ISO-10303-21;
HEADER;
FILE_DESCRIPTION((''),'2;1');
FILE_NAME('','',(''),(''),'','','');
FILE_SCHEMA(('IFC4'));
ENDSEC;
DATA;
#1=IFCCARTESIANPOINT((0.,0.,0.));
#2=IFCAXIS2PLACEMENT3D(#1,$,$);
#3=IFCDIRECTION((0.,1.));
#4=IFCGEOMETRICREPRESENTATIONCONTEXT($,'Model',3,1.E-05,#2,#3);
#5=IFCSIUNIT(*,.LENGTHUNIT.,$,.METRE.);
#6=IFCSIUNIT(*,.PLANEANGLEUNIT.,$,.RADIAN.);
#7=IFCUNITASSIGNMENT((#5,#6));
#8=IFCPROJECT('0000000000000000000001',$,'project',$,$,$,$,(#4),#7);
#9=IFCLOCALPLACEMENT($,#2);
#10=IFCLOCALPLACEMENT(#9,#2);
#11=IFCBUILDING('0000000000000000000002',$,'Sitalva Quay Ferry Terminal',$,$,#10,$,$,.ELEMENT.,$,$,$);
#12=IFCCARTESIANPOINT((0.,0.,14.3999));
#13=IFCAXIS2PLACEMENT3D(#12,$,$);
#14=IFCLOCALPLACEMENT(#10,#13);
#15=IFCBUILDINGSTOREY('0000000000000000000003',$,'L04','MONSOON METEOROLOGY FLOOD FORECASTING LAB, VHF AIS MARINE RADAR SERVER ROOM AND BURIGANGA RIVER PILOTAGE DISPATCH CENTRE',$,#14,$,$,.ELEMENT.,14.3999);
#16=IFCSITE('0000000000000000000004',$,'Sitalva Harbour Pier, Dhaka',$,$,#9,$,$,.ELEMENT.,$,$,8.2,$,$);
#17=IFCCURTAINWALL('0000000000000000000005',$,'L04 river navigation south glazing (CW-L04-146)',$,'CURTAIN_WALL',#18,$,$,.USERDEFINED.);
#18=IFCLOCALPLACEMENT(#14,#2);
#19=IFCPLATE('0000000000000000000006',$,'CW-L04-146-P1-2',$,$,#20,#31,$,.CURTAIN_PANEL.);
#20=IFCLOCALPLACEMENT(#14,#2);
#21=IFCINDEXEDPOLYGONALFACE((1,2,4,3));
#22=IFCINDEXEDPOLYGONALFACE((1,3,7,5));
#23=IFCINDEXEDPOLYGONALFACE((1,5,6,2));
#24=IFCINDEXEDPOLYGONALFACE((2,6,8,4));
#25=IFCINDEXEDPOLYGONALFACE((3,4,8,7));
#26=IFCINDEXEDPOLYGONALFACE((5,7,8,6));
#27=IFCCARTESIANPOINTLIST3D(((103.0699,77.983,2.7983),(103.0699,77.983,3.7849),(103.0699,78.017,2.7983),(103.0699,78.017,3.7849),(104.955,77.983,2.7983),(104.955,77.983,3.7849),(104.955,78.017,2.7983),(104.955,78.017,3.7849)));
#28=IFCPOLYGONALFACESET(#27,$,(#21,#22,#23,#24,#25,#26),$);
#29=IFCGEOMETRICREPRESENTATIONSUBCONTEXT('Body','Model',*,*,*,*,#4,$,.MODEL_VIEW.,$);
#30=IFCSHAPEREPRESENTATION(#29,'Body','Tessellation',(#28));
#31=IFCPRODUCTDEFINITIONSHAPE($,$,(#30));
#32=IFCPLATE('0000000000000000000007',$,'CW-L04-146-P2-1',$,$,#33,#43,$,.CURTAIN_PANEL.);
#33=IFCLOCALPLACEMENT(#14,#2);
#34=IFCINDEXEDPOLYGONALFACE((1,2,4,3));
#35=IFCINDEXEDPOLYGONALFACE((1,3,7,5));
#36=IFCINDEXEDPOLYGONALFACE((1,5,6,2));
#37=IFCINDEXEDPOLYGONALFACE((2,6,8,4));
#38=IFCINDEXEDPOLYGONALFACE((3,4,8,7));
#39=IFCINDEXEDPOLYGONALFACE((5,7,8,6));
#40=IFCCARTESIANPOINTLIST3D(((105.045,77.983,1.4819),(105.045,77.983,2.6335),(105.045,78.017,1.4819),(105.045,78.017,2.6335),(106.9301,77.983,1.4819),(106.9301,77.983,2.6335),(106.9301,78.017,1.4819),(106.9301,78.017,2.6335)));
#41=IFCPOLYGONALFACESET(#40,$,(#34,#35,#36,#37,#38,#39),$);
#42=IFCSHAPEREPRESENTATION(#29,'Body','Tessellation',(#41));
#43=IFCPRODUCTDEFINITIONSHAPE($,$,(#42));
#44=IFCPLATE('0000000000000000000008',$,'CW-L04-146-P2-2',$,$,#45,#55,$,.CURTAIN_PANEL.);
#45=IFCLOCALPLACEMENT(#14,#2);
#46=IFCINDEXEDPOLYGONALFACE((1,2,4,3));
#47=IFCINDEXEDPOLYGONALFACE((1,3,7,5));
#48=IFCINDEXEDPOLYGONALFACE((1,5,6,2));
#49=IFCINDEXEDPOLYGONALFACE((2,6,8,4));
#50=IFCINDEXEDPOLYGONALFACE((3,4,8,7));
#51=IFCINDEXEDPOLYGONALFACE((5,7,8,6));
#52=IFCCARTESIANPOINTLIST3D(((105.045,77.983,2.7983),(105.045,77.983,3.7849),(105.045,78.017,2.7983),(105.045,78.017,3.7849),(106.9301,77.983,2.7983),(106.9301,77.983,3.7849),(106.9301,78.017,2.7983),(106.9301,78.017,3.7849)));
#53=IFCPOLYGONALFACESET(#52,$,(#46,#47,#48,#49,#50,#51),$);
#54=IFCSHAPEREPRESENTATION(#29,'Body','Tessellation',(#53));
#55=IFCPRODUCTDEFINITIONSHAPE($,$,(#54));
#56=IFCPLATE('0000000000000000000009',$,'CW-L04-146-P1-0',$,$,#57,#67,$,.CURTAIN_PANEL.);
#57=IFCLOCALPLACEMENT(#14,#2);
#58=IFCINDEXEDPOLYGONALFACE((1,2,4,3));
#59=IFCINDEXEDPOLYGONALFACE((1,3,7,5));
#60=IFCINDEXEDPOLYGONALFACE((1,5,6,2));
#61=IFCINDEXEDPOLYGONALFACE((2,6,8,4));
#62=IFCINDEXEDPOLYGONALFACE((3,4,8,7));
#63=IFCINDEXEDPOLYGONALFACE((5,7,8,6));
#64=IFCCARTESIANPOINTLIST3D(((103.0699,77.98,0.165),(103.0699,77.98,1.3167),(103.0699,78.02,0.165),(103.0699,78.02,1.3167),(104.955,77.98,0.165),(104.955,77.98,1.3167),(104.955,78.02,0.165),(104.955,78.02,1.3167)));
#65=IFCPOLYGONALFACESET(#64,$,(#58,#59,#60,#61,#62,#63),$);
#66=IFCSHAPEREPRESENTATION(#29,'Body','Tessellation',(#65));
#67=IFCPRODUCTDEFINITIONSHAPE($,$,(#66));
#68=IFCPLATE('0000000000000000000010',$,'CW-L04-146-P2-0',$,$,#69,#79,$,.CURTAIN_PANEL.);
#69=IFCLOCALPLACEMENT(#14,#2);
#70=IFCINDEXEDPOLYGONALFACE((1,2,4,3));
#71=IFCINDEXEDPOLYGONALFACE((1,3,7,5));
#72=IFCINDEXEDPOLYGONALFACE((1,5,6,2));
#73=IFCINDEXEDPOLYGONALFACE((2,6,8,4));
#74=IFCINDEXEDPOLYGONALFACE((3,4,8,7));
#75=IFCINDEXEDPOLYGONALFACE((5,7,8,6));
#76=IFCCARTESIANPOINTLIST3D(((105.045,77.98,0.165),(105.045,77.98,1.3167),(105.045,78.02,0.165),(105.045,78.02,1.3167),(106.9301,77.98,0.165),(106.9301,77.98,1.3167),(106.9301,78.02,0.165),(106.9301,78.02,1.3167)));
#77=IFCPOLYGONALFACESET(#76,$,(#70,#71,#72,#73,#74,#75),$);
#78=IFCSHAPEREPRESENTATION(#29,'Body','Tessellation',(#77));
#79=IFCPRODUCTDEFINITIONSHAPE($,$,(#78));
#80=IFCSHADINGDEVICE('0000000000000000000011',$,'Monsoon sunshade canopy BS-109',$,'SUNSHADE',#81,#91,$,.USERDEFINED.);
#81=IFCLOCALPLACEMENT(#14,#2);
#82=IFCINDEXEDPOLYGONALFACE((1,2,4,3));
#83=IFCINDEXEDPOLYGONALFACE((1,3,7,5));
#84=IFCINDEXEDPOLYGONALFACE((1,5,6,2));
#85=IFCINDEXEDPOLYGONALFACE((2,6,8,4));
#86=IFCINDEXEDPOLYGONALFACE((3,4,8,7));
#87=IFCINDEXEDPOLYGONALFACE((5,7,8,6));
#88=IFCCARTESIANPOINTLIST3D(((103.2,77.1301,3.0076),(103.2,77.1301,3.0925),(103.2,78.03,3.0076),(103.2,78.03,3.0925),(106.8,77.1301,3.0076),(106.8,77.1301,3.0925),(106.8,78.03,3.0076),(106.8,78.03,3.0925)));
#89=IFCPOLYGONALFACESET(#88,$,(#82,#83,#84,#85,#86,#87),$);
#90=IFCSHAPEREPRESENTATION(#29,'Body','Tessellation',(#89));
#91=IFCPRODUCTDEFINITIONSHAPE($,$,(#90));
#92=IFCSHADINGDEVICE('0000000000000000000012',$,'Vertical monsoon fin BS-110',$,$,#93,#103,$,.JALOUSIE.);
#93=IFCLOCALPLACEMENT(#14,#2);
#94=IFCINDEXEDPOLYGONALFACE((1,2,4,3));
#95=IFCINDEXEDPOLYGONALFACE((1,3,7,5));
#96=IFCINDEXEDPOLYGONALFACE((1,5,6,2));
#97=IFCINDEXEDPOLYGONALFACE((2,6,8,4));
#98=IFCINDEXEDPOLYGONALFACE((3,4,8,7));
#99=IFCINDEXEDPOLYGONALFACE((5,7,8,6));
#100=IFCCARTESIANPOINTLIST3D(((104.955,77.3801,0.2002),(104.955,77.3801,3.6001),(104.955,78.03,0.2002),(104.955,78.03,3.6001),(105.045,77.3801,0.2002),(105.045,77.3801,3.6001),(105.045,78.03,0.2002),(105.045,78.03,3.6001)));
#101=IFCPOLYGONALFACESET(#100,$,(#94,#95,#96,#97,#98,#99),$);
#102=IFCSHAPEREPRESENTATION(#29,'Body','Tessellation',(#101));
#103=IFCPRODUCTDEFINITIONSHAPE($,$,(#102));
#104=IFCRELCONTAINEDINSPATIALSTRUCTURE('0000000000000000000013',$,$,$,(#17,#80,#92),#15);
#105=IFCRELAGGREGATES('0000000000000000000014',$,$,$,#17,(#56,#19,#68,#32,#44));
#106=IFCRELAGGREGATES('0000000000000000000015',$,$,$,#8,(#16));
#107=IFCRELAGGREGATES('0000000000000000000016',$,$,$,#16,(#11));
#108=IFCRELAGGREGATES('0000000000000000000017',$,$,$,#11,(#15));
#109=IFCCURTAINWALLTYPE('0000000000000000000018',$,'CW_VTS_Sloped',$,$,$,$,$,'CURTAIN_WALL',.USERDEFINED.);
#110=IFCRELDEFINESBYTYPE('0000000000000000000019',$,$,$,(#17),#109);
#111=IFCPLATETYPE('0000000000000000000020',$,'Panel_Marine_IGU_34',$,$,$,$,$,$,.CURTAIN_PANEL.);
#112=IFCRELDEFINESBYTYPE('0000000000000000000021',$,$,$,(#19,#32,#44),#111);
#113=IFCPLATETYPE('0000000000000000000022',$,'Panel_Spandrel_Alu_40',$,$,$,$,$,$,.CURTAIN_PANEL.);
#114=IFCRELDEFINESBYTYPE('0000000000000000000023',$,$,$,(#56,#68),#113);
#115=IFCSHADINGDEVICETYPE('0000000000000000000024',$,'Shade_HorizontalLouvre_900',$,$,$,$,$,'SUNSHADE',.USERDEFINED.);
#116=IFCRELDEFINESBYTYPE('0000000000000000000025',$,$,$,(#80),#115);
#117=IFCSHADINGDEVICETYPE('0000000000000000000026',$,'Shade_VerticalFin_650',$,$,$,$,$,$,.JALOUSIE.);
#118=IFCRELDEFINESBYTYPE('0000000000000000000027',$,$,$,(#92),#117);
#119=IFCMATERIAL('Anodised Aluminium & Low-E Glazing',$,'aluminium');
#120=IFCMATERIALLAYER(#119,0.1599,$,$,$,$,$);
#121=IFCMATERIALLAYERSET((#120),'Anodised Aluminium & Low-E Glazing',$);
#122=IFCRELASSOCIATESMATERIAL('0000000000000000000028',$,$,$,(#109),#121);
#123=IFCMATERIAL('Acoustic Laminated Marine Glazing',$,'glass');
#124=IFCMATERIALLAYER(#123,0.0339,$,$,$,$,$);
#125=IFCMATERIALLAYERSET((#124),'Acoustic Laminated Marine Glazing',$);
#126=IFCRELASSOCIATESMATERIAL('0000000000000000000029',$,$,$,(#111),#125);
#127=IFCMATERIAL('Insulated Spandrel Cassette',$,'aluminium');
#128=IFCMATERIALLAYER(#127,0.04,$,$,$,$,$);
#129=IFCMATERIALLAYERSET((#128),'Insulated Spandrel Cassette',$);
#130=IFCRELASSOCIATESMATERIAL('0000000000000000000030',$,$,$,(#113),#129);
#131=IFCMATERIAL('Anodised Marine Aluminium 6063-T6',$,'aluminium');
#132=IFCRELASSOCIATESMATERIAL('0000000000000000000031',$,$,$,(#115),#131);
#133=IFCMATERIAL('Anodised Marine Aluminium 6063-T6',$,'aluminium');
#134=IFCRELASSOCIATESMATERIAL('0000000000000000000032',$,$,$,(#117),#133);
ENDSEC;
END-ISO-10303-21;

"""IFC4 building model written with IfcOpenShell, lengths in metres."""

from ifc_helpers import new_model, si_unit, direction, frame, origin, origin_2d, place, context, subcontext, project, spatial, rectangle, extrude, material, layer, layer_set, type_object, element, aggregate, save


model = new_model("IFC4")

# Units and contexts
model_context = context("Model", 3, precision=1e-05, world=origin(), true_north=direction((0.0, 1.0)))
body_context = subcontext(model_context, "Body", "Model", "MODEL_VIEW")
ifc_project = project(units=[si_unit("LENGTHUNIT", "METRE"), si_unit("PLANEANGLEUNIT", "RADIAN")], contexts=[model_context])

# Site, building, storey
site_placement = place(None, origin())
site = spatial("IfcSite", under=ifc_project, at=site_placement, Name="Sitalva Harbour Pier, Dhaka", CompositionType="ELEMENT", RefElevation=8.2)
building_placement = place(site_placement, origin())
building = spatial("IfcBuilding", under=site, at=building_placement, Name="Sitalva Quay Ferry Terminal", CompositionType="ELEMENT")
storey_placement = place(building_placement, frame((0.0, 0.0, 14.3999)))
storey = spatial("IfcBuildingStorey", under=building, at=storey_placement, Name="L04", Description="MONSOON METEOROLOGY FLOOD FORECASTING LAB, VHF AIS MARINE RADAR SERVER ROOM AND BURIGANGA RIVER PILOTAGE DISPATCH CENTRE", CompositionType="ELEMENT", Elevation=14.3999)

# Curtain wall, plates
ifc_material_1 = material(Name="Anodised Aluminium & Low-E Glazing", Category="aluminium")
ifc_layer_1 = layer(ifc_material_1, 0.1599)
ifc_layer_set_1 = layer_set([ifc_layer_1], Name="Anodised Aluminium & Low-E Glazing")
curtain_wall_type = type_object("IfcCurtainWallType", Name="CW_VTS_Sloped", ElementType="CURTAIN_WALL", PredefinedType="USERDEFINED", material=ifc_layer_set_1)
curtain_wall_placement = place(storey_placement, origin())
curtain_wall = element("IfcCurtainWall", 1, at=curtain_wall_placement, inside=storey, type_object=curtain_wall_type, Name="L04 river navigation south glazing (CW-L04-146)", ObjectType="CURTAIN_WALL", PredefinedType="USERDEFINED")
ifc_material_2 = material(Name="Acoustic Laminated Marine Glazing", Category="glass")
ifc_layer_2 = layer(ifc_material_2, 0.0339)
ifc_layer_set_2 = layer_set([ifc_layer_2], Name="Acoustic Laminated Marine Glazing")
plate_type_1 = type_object("IfcPlateType", Name="Panel_Marine_IGU_34", PredefinedType="CURTAIN_PANEL", material=ifc_layer_set_2)
plate_1_placement = place(storey_placement, frame((104.0125, 78.0, 2.7983), z_axis=(0.0, 0.0, 1.0), x_axis=(1.0, 0.0, 0.0)))
plate_1 = element("IfcPlate", 2, at=plate_1_placement, type_object=plate_type_1, Name="CW-L04-146-P1-2", PredefinedType="CURTAIN_PANEL", context=body_context, shape_type="SweptSolid", body=[
    extrude(rectangle(XDim=1.885, YDim=0.0339, at=origin_2d()), origin(), (0.0, 0.0, 1.0), 0.9866),
])
plate_2_placement = place(storey_placement, frame((105.9875, 78.0, 1.4819), z_axis=(0.0, 0.0, 1.0), x_axis=(1.0, 0.0, 0.0)))
plate_2 = element("IfcPlate", 3, at=plate_2_placement, type_object=plate_type_1, Name="CW-L04-146-P2-1", PredefinedType="CURTAIN_PANEL", context=body_context, shape_type="SweptSolid", body=[
    extrude(rectangle(XDim=1.885, YDim=0.0339, at=origin_2d()), origin(), (0.0, 0.0, 1.0), 1.1516),
])
plate_3_placement = place(storey_placement, frame((105.9875, 78.0, 2.7983), z_axis=(0.0, 0.0, 1.0), x_axis=(1.0, 0.0, 0.0)))
plate_3 = element("IfcPlate", 4, at=plate_3_placement, type_object=plate_type_1, Name="CW-L04-146-P2-2", PredefinedType="CURTAIN_PANEL", context=body_context, shape_type="SweptSolid", body=[
    extrude(rectangle(XDim=1.885, YDim=0.0339, at=origin_2d()), origin(), (0.0, 0.0, 1.0), 0.9866),
])
ifc_material_3 = material(Name="Insulated Spandrel Cassette", Category="aluminium")
ifc_layer_3 = layer(ifc_material_3, 0.04)
ifc_layer_set_3 = layer_set([ifc_layer_3], Name="Insulated Spandrel Cassette")
plate_type_2 = type_object("IfcPlateType", Name="Panel_Spandrel_Alu_40", PredefinedType="CURTAIN_PANEL", material=ifc_layer_set_3)
plate_4_placement = place(storey_placement, frame((104.0125, 78.0, 0.165), z_axis=(0.0, 0.0, 1.0), x_axis=(1.0, 0.0, 0.0)))
plate_4 = element("IfcPlate", 5, at=plate_4_placement, type_object=plate_type_2, Name="CW-L04-146-P1-0", PredefinedType="CURTAIN_PANEL", context=body_context, shape_type="SweptSolid", body=[
    extrude(rectangle(XDim=1.885, YDim=0.04, at=origin_2d()), origin(), (0.0, 0.0, 1.0), 1.1516),
])
plate_5_placement = place(storey_placement, frame((105.9875, 78.0, 0.165), z_axis=(0.0, 0.0, 1.0), x_axis=(1.0, 0.0, 0.0)))
plate_5 = element("IfcPlate", 6, at=plate_5_placement, type_object=plate_type_2, Name="CW-L04-146-P2-0", PredefinedType="CURTAIN_PANEL", context=body_context, shape_type="SweptSolid", body=[
    extrude(rectangle(XDim=1.885, YDim=0.04, at=origin_2d()), origin(), (0.0, 0.0, 1.0), 1.1516),
])
aggregate(curtain_wall, [plate_4, plate_1, plate_5, plate_2, plate_3])

# Shading devices
ifc_material_4 = material(Name="Anodised Marine Aluminium 6063-T6", Category="aluminium")
shading_device_type_1 = type_object("IfcShadingDeviceType", Name="Shade_HorizontalLouvre_900", ElementType="SUNSHADE", PredefinedType="USERDEFINED", material=ifc_material_4)
shading_device_1_placement = place(storey_placement, frame((105.0, 77.5801, 3.0076), z_axis=(0.0, 0.0, 1.0), x_axis=(1.0, 0.0, 0.0)))
element("IfcShadingDevice", 7, at=shading_device_1_placement, inside=storey, type_object=shading_device_type_1, Name="Monsoon sunshade canopy BS-109", ObjectType="SUNSHADE", PredefinedType="USERDEFINED", context=body_context, shape_type="SweptSolid", body=[
    extrude(rectangle(XDim=3.6001, YDim=0.8999, at=origin_2d()), origin(), (0.0, 0.0, 1.0), 0.085),
])
ifc_material_5 = material(Name="Anodised Marine Aluminium 6063-T6", Category="aluminium")
shading_device_type_2 = type_object("IfcShadingDeviceType", Name="Shade_VerticalFin_650", PredefinedType="JALOUSIE", material=ifc_material_5)
shading_device_2_placement = place(storey_placement, frame((105.0, 77.7051, 0.2002), z_axis=(0.0, 0.0, 1.0), x_axis=(1.0, 0.0, 0.0)))
element("IfcShadingDevice", 8, at=shading_device_2_placement, inside=storey, type_object=shading_device_type_2, Name="Vertical monsoon fin BS-110", PredefinedType="JALOUSIE", context=body_context, shape_type="SweptSolid", body=[
    extrude(rectangle(XDim=0.0901, YDim=0.6499, at=origin_2d()), origin(), (0.0, 0.0, 1.0), 3.3999),
])

save(model, "model.ifc")
